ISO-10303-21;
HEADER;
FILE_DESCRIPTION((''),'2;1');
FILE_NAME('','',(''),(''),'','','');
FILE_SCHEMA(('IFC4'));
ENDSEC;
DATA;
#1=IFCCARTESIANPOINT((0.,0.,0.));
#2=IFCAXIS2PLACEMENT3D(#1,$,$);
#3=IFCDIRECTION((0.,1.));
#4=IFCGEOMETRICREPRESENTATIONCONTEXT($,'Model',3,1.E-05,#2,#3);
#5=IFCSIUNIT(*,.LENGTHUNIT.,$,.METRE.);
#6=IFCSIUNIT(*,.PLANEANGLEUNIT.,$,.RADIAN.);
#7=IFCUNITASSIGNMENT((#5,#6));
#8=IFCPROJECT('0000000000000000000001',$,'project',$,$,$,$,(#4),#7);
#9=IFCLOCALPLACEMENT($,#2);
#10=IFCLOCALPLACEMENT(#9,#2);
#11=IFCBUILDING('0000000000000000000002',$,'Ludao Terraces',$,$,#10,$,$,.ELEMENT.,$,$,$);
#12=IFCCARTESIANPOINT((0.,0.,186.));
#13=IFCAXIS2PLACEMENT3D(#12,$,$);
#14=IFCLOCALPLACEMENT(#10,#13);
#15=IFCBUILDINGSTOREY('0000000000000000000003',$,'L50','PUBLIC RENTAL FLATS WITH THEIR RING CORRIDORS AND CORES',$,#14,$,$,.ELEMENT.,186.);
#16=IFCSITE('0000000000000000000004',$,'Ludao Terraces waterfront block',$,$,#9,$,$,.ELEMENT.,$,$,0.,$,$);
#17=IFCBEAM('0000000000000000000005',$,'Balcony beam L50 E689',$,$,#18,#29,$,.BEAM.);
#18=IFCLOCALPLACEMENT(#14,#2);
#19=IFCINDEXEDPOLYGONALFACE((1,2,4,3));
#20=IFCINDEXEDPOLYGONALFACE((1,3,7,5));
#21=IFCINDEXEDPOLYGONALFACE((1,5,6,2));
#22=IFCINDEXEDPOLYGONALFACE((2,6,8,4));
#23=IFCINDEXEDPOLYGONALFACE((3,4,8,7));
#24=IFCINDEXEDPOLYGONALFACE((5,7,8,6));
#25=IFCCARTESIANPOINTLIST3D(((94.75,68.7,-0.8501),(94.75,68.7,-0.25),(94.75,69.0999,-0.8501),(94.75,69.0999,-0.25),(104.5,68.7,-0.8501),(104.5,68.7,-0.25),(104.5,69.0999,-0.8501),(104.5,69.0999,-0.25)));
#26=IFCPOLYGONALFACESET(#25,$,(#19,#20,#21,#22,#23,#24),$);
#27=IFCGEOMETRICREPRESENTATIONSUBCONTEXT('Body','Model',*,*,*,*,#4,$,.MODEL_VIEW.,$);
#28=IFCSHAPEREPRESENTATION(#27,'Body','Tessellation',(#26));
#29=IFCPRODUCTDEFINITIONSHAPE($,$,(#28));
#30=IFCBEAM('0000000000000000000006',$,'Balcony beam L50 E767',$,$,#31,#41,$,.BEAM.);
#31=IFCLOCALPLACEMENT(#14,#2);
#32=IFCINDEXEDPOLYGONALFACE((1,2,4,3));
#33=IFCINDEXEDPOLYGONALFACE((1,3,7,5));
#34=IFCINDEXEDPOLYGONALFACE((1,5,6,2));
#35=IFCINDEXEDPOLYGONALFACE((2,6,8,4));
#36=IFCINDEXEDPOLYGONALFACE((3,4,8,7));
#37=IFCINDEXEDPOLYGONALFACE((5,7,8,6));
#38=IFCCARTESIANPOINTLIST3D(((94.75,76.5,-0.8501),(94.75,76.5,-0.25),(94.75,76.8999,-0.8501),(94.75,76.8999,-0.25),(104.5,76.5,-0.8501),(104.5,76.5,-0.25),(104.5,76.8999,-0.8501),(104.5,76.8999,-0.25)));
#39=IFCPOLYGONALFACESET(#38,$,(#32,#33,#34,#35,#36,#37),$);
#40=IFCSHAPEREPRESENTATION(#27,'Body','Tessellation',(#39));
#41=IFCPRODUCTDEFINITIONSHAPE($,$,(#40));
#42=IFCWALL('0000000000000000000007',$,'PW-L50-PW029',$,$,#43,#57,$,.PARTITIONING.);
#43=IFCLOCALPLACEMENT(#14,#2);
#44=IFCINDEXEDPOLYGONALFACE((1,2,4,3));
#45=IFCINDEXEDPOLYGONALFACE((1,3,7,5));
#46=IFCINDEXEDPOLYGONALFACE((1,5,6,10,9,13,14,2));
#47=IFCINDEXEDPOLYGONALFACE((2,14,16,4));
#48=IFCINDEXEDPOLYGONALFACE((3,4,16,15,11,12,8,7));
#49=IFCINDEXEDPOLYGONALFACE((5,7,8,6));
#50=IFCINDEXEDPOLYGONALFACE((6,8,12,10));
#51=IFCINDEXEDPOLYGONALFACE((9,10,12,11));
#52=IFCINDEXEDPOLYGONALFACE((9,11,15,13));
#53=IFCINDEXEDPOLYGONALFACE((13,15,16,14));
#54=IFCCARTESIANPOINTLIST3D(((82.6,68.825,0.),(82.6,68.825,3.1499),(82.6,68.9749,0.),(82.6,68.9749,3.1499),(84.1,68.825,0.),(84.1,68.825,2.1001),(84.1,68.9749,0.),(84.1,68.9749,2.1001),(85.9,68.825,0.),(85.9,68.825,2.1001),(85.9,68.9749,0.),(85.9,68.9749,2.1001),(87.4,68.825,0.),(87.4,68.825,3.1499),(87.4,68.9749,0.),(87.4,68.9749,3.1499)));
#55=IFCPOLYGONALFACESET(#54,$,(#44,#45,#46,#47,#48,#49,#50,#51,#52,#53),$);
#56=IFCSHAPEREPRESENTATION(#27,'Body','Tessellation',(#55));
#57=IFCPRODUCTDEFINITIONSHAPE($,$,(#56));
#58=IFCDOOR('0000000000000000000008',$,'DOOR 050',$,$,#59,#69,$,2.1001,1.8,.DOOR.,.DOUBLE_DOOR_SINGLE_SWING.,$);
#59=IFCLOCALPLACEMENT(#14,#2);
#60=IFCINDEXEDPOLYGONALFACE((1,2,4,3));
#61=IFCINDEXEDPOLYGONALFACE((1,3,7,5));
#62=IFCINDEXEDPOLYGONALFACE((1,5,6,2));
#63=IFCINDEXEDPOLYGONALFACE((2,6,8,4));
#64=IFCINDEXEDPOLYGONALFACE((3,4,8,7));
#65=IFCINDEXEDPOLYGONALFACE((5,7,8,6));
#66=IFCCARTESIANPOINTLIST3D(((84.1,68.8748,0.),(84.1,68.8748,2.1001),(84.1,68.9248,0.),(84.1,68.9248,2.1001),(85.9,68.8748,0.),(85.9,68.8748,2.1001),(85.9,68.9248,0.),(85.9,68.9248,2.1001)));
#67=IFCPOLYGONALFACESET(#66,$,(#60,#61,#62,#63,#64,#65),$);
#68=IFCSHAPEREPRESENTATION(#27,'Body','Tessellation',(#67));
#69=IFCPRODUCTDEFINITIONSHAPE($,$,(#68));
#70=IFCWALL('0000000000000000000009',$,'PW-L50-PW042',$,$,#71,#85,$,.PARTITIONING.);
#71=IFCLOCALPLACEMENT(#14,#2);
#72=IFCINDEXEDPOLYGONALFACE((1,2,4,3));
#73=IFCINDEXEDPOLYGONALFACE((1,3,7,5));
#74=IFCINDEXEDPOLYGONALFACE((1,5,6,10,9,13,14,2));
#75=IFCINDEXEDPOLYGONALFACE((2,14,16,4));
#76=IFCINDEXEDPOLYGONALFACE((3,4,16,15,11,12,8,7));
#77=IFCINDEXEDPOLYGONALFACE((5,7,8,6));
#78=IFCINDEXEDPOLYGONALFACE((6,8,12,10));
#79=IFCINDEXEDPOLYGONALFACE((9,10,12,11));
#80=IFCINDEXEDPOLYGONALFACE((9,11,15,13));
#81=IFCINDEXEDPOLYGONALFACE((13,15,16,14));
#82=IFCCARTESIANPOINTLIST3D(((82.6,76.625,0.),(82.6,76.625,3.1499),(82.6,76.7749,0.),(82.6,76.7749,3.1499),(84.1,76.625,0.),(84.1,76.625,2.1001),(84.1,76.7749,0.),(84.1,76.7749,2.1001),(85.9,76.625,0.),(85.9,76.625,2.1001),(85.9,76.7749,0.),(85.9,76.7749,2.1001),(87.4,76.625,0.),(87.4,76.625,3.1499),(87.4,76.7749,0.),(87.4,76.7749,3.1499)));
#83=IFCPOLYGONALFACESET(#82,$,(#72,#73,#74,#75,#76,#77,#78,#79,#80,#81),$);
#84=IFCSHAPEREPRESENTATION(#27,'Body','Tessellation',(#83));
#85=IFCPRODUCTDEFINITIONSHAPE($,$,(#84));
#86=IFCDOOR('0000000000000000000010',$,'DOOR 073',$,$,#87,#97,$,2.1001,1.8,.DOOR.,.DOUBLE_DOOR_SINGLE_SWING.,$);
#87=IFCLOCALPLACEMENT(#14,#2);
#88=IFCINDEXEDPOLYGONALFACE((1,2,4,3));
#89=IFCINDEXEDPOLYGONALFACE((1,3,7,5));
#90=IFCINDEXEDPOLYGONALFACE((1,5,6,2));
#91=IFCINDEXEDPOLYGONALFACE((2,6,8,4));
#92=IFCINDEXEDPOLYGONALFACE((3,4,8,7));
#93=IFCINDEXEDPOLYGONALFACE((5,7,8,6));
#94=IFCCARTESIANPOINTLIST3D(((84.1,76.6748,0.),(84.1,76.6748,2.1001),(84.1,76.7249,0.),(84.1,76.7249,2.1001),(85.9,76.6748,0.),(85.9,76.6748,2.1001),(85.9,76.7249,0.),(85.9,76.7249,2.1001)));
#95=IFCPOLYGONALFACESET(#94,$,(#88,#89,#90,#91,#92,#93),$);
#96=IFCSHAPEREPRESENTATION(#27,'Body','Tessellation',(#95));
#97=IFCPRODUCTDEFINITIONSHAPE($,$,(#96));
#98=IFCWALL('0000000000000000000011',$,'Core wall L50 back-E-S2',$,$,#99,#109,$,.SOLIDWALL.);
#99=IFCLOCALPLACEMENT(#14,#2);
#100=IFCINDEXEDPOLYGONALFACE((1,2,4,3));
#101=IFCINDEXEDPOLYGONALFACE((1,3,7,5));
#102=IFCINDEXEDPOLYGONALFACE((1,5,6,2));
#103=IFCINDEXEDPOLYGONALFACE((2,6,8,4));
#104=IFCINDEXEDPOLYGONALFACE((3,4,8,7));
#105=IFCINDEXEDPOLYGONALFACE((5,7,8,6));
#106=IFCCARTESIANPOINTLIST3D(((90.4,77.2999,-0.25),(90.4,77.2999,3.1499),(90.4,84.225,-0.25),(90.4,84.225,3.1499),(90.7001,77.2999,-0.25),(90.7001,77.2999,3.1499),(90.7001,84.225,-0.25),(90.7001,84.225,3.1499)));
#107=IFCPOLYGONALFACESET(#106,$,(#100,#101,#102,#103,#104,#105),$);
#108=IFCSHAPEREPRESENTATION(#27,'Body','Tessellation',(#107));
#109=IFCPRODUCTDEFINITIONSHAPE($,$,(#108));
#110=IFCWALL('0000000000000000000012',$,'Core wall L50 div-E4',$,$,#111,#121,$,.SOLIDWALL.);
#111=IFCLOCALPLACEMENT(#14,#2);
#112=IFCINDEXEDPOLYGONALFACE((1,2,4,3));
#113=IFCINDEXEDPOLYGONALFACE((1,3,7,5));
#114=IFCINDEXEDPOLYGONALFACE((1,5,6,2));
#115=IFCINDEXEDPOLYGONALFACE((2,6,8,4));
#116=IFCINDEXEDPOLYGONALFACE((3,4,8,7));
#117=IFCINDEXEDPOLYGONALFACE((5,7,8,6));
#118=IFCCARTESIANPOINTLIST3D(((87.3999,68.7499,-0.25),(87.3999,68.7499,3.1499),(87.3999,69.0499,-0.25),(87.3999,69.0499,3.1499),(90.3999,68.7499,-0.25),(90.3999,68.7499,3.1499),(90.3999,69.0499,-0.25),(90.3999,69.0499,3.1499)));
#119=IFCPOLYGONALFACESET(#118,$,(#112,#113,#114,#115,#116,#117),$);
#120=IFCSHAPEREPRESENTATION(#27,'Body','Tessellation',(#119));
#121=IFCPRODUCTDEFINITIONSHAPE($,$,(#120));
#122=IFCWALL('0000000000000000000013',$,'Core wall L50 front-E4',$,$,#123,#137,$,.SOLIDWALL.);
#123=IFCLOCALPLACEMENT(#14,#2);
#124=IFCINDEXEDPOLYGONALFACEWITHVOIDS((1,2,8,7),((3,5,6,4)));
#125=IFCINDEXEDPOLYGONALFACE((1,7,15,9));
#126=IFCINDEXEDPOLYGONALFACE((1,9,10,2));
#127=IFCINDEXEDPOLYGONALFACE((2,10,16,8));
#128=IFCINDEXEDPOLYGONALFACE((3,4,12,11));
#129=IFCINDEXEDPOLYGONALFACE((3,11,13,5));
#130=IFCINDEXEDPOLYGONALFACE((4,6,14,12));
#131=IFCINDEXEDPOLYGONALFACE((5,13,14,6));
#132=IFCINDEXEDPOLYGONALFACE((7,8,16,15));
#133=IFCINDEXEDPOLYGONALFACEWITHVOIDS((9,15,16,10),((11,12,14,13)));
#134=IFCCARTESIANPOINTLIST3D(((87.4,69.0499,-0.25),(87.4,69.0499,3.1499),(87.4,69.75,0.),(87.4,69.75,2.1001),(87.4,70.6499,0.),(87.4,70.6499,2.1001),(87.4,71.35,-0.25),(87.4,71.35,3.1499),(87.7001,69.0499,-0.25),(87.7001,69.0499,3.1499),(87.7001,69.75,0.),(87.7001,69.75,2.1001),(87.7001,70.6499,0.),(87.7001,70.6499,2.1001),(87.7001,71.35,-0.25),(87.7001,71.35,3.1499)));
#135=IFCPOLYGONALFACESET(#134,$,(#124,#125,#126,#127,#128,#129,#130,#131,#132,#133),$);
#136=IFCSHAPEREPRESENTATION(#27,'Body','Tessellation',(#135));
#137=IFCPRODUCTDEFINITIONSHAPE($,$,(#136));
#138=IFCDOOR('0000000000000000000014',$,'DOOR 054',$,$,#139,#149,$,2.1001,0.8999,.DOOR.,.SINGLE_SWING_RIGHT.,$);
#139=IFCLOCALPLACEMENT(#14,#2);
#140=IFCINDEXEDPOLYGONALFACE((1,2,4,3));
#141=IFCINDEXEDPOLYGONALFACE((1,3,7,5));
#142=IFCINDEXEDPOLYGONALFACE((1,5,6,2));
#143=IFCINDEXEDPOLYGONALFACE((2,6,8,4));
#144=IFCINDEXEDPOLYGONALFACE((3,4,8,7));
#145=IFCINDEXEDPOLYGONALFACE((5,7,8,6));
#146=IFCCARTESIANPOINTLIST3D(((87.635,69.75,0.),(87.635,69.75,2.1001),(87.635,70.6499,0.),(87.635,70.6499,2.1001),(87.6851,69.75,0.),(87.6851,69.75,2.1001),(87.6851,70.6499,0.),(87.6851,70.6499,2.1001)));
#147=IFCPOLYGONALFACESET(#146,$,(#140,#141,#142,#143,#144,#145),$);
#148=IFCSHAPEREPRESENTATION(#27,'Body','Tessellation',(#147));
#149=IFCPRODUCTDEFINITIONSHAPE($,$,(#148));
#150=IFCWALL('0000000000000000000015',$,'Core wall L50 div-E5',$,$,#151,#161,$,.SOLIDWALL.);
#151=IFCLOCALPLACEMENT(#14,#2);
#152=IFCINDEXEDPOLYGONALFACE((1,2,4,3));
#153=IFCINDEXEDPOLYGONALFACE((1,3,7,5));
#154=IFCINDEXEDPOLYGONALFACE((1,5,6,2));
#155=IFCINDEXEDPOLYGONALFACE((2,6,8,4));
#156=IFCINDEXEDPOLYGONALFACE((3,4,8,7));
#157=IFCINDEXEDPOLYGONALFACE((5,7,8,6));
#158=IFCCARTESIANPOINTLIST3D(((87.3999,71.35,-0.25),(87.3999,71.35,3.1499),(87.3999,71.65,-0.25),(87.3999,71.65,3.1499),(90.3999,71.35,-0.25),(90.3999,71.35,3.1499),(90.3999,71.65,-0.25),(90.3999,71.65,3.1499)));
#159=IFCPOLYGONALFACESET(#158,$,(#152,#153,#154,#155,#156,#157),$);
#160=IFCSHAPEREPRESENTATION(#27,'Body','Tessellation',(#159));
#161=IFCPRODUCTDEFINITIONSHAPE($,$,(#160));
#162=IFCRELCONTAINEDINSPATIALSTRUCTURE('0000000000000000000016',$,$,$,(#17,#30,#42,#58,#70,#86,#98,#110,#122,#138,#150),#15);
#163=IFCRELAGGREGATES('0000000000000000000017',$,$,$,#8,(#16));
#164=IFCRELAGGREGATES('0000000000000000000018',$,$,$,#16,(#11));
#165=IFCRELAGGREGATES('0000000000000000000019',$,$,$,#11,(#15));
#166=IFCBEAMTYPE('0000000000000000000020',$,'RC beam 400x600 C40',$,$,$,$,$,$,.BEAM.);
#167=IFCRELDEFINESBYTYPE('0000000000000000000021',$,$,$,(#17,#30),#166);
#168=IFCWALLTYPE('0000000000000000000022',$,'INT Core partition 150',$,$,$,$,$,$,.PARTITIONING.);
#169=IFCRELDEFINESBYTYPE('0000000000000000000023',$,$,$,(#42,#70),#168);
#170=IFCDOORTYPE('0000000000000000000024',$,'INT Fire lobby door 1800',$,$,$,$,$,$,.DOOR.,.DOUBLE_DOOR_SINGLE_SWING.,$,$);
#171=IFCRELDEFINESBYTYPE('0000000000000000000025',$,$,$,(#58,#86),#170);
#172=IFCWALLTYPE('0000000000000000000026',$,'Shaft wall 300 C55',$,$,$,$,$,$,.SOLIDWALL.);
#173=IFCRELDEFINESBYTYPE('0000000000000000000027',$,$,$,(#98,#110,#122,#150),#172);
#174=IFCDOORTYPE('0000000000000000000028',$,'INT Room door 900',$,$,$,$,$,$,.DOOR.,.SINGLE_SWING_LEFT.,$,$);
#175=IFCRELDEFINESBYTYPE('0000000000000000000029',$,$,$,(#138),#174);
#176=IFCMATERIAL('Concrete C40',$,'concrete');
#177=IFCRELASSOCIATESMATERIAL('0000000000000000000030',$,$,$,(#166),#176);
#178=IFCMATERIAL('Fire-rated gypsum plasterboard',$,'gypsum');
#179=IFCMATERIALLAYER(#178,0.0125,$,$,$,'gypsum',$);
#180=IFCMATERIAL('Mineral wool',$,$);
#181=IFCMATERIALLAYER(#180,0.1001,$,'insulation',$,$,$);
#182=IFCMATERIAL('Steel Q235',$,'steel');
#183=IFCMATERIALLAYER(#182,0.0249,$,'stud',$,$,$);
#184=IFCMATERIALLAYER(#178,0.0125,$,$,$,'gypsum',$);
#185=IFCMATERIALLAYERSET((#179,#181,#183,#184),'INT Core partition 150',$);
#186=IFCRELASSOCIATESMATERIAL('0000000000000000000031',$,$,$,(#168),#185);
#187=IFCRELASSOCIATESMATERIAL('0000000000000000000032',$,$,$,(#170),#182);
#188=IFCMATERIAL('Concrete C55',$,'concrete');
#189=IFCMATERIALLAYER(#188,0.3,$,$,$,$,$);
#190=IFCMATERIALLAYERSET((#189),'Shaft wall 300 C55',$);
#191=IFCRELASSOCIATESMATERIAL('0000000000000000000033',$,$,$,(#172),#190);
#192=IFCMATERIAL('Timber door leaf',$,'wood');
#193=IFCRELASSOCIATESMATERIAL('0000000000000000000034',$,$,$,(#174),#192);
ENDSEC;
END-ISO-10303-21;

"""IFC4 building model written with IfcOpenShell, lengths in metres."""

from ifc_helpers import new_model, si_unit, direction, frame, frame_2d, origin, origin_2d, place, context, subcontext, project, spatial, rectangle, extrude, material, layer, layer_set, material_profile, profile_set, type_object, element, fill, save


model = new_model("IFC4")

# Units and contexts
model_context = context("Model", 3, precision=1e-05, world=origin(), true_north=direction((0.0, 1.0)))
body_context = subcontext(model_context, "Body", "Model", "MODEL_VIEW")
ifc_project = project(units=[si_unit("LENGTHUNIT", "METRE"), si_unit("PLANEANGLEUNIT", "RADIAN")], contexts=[model_context])

# Site, building, storey
site_placement = place(None, origin())
site = spatial("IfcSite", under=ifc_project, at=site_placement, Name="Ludao Terraces waterfront block", CompositionType="ELEMENT", RefElevation=0.0)
building_placement = place(site_placement, origin())
building = spatial("IfcBuilding", under=site, at=building_placement, Name="Ludao Terraces", CompositionType="ELEMENT")
storey_placement = place(building_placement, frame((0.0, 0.0, 186.0)))
storey = spatial("IfcBuildingStorey", under=building, at=storey_placement, Name="L50", Description="PUBLIC RENTAL FLATS WITH THEIR RING CORRIDORS AND CORES", CompositionType="ELEMENT", Elevation=186.0)

# Beams
ifc_material_1 = material(Name="Concrete C40", Category="concrete")
ifc_material_profile = material_profile(ifc_material_1, rectangle(XDim=0.3999, YDim=0.6001, at=origin_2d()), Name="400 X 600")
ifc_profile_set = profile_set([ifc_material_profile], Name="Concrete C40")
beam_type = type_object("IfcBeamType", Name="RC beam 400x600 C40", PredefinedType="BEAM", material=ifc_profile_set)
for number, where, z_axis, x_axis, name in (
    (1, (94.75, 68.8999, -0.55), (1.0, 0.0, 0.0), (0.0, 1.0, 0.0), "Balcony beam L50 E689"),
    (2, (94.75, 76.7, -0.55), (1.0, 0.0, 0.0), (0.0, 1.0, 0.0), "Balcony beam L50 E767"),
):
    element("IfcBeam", number, at=place(storey_placement, frame(where, z_axis=z_axis, x_axis=x_axis)), inside=storey, type_object=beam_type, Name=name, PredefinedType="BEAM", context=body_context, shape_type="SweptSolid", body=[
        extrude(rectangle(XDim=0.3999, YDim=0.6001, at=origin_2d()), origin(), (0.0, 0.0, 1.0), 9.75),
    ])

# Walls, openings, doors
ifc_material_2 = material(Name="Fire-rated gypsum plasterboard", Category="gypsum")
ifc_layer_1 = layer(ifc_material_2, 0.0125, Category="gypsum")
ifc_material_3 = material(Name="Mineral wool")
ifc_layer_2 = layer(ifc_material_3, 0.1001, Name="insulation")
ifc_material_4 = material(Name="Steel Q235", Category="steel")
ifc_layer_3 = layer(ifc_material_4, 0.0249, Name="stud")
ifc_layer_4 = layer(ifc_material_2, 0.0125, Category="gypsum")
ifc_layer_set_1 = layer_set([ifc_layer_1, ifc_layer_2, ifc_layer_3, ifc_layer_4], Name="INT Core partition 150")
wall_type_1 = type_object("IfcWallType", Name="INT Core partition 150", PredefinedType="PARTITIONING", material=ifc_layer_set_1)
wall_1_placement = place(storey_placement, frame((82.6001, 68.8999, 0.0), z_axis=(0.0, 0.0, 1.0), x_axis=(1.0, 0.0, 0.0)))
wall_1 = element("IfcWall", 3, at=wall_1_placement, inside=storey, type_object=wall_type_1, Name="PW-L50-PW029", PredefinedType="PARTITIONING", context=body_context, shape_type="SweptSolid", body=[
    extrude(rectangle(XDim=4.8, YDim=0.1499, at=frame_2d((2.3999, 0.0))), origin(), (0.0, 0.0, 1.0), 3.1499),
])
opening_1_placement = place(wall_1_placement, frame((1.5, 0.0, 0.0)))
opening_1 = element("IfcOpeningElement", 4, at=opening_1_placement, cuts=wall_1, PredefinedType="OPENING", context=body_context, shape_type="SweptSolid", body=[
    extrude(rectangle(XDim=1.8, YDim=2.1001, at=frame_2d((0.8999, 1.05))), frame((0.0, 0.085, 0.0), z_axis=(0.0, -1.0, 0.0), x_axis=(1.0, 0.0, 0.0)), (0.0, 0.0, 1.0), 0.1699),
])
door_type_1 = type_object("IfcDoorType", Name="INT Fire lobby door 1800", OperationType="DOUBLE_DOOR_SINGLE_SWING", PredefinedType="DOOR", material=ifc_material_4)
door_1_placement = place(opening_1_placement, origin())
door_1 = element("IfcDoor", 5, at=door_1_placement, inside=storey, type_object=door_type_1, Name="DOOR 050", OperationType="DOUBLE_DOOR_SINGLE_SWING", OverallHeight=2.1001, OverallWidth=1.8, PredefinedType="DOOR", context=body_context, shape_type="SweptSolid", body=[
    extrude(rectangle(XDim=1.8, YDim=2.1001, at=frame_2d((0.8999, 1.05))), frame((0.0, 0.0249, 0.0), z_axis=(0.0, -1.0, 0.0), x_axis=(1.0, 0.0, 0.0)), (0.0, 0.0, 1.0), 0.05),
])
fill(opening_1, door_1)
wall_2_placement = place(storey_placement, frame((82.6001, 76.7, 0.0), z_axis=(0.0, 0.0, 1.0), x_axis=(1.0, 0.0, 0.0)))
wall_2 = element("IfcWall", 6, at=wall_2_placement, inside=storey, type_object=wall_type_1, Name="PW-L50-PW042", PredefinedType="PARTITIONING", context=body_context, shape_type="SweptSolid", body=[
    extrude(rectangle(XDim=4.8, YDim=0.1499, at=frame_2d((2.3999, 0.0))), origin(), (0.0, 0.0, 1.0), 3.1499),
])
opening_2_placement = place(wall_2_placement, frame((1.5, 0.0, 0.0)))
opening_2 = element("IfcOpeningElement", 7, at=opening_2_placement, cuts=wall_2, PredefinedType="OPENING", context=body_context, shape_type="SweptSolid", body=[
    extrude(rectangle(XDim=1.8, YDim=2.1001, at=frame_2d((0.8999, 1.05))), frame((0.0, 0.085, 0.0), z_axis=(0.0, -1.0, 0.0), x_axis=(1.0, 0.0, 0.0)), (0.0, 0.0, 1.0), 0.1699),
])
door_2_placement = place(opening_2_placement, origin())
door_2 = element("IfcDoor", 8, at=door_2_placement, inside=storey, type_object=door_type_1, Name="DOOR 073", OperationType="DOUBLE_DOOR_SINGLE_SWING", OverallHeight=2.1001, OverallWidth=1.8, PredefinedType="DOOR", context=body_context, shape_type="SweptSolid", body=[
    extrude(rectangle(XDim=1.8, YDim=2.1001, at=frame_2d((0.8999, 1.05))), frame((0.0, 0.0249, 0.0), z_axis=(0.0, -1.0, 0.0), x_axis=(1.0, 0.0, 0.0)), (0.0, 0.0, 1.0), 0.05),
])
fill(opening_2, door_2)

# Walls
ifc_material_5 = material(Name="Concrete C55", Category="concrete")
ifc_layer_5 = layer(ifc_material_5, 0.3)
ifc_layer_set_2 = layer_set([ifc_layer_5], Name="Shaft wall 300 C55")
wall_type_2 = type_object("IfcWallType", Name="Shaft wall 300 C55", PredefinedType="SOLIDWALL", material=ifc_layer_set_2)
wall_3_placement = place(storey_placement, frame((90.55, 77.3, -0.25), z_axis=(0.0, 0.0, 1.0), x_axis=(0.0, 1.0, 0.0)))
element("IfcWall", 9, at=wall_3_placement, inside=storey, type_object=wall_type_2, Name="Core wall L50 back-E-S2", PredefinedType="SOLIDWALL", context=body_context, shape_type="SweptSolid", body=[
    extrude(rectangle(XDim=6.925, YDim=0.3, at=frame_2d((3.4624, 0.0))), origin(), (0.0, 0.0, 1.0), 3.3999),
])
wall_4_placement = place(storey_placement, frame((87.3999, 68.8999, -0.25), z_axis=(0.0, 0.0, 1.0), x_axis=(1.0, 0.0, 0.0)))
element("IfcWall", 10, at=wall_4_placement, inside=storey, type_object=wall_type_2, Name="Core wall L50 div-E4", PredefinedType="SOLIDWALL", context=body_context, shape_type="SweptSolid", body=[
    extrude(rectangle(XDim=3.0, YDim=0.3, at=frame_2d((1.5, 0.0))), origin(), (0.0, 0.0, 1.0), 3.3999),
])

# Wall, opening, door
wall_5_placement = place(storey_placement, frame((87.55, 69.05, -0.25), z_axis=(0.0, 0.0, 1.0), x_axis=(0.0, 1.0, 0.0)))
wall_5 = element("IfcWall", 11, at=wall_5_placement, inside=storey, type_object=wall_type_2, Name="Core wall L50 front-E4", PredefinedType="SOLIDWALL", context=body_context, shape_type="SweptSolid", body=[
    extrude(rectangle(XDim=2.3, YDim=0.3, at=frame_2d((1.1499, 0.0))), origin(), (0.0, 0.0, 1.0), 3.3999),
])
opening_3_placement = place(wall_5_placement, frame((0.7, 0.0, 0.25)))
opening_3 = element("IfcOpeningElement", 12, at=opening_3_placement, cuts=wall_5, PredefinedType="OPENING", context=body_context, shape_type="SweptSolid", body=[
    extrude(rectangle(XDim=0.8999, YDim=2.1001, at=frame_2d((0.45, 1.05))), frame((0.0, 0.1602, 0.0), z_axis=(0.0, -1.0, 0.0), x_axis=(1.0, 0.0, 0.0)), (0.0, 0.0, 1.0), 0.3201),
])
ifc_material_6 = material(Name="Timber door leaf", Category="wood")
door_type_2 = type_object("IfcDoorType", Name="INT Room door 900", OperationType="SINGLE_SWING_LEFT", PredefinedType="DOOR", material=ifc_material_6)
door_3_placement = place(opening_3_placement, origin())
door_3 = element("IfcDoor", 13, at=door_3_placement, inside=storey, type_object=door_type_2, Name="DOOR 054", OperationType="SINGLE_SWING_RIGHT", OverallHeight=2.1001, OverallWidth=0.8999, PredefinedType="DOOR", context=body_context, shape_type="SweptSolid", body=[
    extrude(rectangle(XDim=0.8999, YDim=2.1001, at=frame_2d((0.45, 1.05))), frame((0.0, -0.085, 0.0), z_axis=(0.0, -1.0, 0.0), x_axis=(1.0, 0.0, 0.0)), (0.0, 0.0, 1.0), 0.05),
])
fill(opening_3, door_3)

# Wall
wall_6_placement = place(storey_placement, frame((87.3999, 71.5, -0.25), z_axis=(0.0, 0.0, 1.0), x_axis=(1.0, 0.0, 0.0)))
element("IfcWall", 14, at=wall_6_placement, inside=storey, type_object=wall_type_2, Name="Core wall L50 div-E5", PredefinedType="SOLIDWALL", context=body_context, shape_type="SweptSolid", body=[
    extrude(rectangle(XDim=3.0, YDim=0.3, at=frame_2d((1.5, 0.0))), origin(), (0.0, 0.0, 1.0), 3.3999),
])

save(model, "model.ifc")
